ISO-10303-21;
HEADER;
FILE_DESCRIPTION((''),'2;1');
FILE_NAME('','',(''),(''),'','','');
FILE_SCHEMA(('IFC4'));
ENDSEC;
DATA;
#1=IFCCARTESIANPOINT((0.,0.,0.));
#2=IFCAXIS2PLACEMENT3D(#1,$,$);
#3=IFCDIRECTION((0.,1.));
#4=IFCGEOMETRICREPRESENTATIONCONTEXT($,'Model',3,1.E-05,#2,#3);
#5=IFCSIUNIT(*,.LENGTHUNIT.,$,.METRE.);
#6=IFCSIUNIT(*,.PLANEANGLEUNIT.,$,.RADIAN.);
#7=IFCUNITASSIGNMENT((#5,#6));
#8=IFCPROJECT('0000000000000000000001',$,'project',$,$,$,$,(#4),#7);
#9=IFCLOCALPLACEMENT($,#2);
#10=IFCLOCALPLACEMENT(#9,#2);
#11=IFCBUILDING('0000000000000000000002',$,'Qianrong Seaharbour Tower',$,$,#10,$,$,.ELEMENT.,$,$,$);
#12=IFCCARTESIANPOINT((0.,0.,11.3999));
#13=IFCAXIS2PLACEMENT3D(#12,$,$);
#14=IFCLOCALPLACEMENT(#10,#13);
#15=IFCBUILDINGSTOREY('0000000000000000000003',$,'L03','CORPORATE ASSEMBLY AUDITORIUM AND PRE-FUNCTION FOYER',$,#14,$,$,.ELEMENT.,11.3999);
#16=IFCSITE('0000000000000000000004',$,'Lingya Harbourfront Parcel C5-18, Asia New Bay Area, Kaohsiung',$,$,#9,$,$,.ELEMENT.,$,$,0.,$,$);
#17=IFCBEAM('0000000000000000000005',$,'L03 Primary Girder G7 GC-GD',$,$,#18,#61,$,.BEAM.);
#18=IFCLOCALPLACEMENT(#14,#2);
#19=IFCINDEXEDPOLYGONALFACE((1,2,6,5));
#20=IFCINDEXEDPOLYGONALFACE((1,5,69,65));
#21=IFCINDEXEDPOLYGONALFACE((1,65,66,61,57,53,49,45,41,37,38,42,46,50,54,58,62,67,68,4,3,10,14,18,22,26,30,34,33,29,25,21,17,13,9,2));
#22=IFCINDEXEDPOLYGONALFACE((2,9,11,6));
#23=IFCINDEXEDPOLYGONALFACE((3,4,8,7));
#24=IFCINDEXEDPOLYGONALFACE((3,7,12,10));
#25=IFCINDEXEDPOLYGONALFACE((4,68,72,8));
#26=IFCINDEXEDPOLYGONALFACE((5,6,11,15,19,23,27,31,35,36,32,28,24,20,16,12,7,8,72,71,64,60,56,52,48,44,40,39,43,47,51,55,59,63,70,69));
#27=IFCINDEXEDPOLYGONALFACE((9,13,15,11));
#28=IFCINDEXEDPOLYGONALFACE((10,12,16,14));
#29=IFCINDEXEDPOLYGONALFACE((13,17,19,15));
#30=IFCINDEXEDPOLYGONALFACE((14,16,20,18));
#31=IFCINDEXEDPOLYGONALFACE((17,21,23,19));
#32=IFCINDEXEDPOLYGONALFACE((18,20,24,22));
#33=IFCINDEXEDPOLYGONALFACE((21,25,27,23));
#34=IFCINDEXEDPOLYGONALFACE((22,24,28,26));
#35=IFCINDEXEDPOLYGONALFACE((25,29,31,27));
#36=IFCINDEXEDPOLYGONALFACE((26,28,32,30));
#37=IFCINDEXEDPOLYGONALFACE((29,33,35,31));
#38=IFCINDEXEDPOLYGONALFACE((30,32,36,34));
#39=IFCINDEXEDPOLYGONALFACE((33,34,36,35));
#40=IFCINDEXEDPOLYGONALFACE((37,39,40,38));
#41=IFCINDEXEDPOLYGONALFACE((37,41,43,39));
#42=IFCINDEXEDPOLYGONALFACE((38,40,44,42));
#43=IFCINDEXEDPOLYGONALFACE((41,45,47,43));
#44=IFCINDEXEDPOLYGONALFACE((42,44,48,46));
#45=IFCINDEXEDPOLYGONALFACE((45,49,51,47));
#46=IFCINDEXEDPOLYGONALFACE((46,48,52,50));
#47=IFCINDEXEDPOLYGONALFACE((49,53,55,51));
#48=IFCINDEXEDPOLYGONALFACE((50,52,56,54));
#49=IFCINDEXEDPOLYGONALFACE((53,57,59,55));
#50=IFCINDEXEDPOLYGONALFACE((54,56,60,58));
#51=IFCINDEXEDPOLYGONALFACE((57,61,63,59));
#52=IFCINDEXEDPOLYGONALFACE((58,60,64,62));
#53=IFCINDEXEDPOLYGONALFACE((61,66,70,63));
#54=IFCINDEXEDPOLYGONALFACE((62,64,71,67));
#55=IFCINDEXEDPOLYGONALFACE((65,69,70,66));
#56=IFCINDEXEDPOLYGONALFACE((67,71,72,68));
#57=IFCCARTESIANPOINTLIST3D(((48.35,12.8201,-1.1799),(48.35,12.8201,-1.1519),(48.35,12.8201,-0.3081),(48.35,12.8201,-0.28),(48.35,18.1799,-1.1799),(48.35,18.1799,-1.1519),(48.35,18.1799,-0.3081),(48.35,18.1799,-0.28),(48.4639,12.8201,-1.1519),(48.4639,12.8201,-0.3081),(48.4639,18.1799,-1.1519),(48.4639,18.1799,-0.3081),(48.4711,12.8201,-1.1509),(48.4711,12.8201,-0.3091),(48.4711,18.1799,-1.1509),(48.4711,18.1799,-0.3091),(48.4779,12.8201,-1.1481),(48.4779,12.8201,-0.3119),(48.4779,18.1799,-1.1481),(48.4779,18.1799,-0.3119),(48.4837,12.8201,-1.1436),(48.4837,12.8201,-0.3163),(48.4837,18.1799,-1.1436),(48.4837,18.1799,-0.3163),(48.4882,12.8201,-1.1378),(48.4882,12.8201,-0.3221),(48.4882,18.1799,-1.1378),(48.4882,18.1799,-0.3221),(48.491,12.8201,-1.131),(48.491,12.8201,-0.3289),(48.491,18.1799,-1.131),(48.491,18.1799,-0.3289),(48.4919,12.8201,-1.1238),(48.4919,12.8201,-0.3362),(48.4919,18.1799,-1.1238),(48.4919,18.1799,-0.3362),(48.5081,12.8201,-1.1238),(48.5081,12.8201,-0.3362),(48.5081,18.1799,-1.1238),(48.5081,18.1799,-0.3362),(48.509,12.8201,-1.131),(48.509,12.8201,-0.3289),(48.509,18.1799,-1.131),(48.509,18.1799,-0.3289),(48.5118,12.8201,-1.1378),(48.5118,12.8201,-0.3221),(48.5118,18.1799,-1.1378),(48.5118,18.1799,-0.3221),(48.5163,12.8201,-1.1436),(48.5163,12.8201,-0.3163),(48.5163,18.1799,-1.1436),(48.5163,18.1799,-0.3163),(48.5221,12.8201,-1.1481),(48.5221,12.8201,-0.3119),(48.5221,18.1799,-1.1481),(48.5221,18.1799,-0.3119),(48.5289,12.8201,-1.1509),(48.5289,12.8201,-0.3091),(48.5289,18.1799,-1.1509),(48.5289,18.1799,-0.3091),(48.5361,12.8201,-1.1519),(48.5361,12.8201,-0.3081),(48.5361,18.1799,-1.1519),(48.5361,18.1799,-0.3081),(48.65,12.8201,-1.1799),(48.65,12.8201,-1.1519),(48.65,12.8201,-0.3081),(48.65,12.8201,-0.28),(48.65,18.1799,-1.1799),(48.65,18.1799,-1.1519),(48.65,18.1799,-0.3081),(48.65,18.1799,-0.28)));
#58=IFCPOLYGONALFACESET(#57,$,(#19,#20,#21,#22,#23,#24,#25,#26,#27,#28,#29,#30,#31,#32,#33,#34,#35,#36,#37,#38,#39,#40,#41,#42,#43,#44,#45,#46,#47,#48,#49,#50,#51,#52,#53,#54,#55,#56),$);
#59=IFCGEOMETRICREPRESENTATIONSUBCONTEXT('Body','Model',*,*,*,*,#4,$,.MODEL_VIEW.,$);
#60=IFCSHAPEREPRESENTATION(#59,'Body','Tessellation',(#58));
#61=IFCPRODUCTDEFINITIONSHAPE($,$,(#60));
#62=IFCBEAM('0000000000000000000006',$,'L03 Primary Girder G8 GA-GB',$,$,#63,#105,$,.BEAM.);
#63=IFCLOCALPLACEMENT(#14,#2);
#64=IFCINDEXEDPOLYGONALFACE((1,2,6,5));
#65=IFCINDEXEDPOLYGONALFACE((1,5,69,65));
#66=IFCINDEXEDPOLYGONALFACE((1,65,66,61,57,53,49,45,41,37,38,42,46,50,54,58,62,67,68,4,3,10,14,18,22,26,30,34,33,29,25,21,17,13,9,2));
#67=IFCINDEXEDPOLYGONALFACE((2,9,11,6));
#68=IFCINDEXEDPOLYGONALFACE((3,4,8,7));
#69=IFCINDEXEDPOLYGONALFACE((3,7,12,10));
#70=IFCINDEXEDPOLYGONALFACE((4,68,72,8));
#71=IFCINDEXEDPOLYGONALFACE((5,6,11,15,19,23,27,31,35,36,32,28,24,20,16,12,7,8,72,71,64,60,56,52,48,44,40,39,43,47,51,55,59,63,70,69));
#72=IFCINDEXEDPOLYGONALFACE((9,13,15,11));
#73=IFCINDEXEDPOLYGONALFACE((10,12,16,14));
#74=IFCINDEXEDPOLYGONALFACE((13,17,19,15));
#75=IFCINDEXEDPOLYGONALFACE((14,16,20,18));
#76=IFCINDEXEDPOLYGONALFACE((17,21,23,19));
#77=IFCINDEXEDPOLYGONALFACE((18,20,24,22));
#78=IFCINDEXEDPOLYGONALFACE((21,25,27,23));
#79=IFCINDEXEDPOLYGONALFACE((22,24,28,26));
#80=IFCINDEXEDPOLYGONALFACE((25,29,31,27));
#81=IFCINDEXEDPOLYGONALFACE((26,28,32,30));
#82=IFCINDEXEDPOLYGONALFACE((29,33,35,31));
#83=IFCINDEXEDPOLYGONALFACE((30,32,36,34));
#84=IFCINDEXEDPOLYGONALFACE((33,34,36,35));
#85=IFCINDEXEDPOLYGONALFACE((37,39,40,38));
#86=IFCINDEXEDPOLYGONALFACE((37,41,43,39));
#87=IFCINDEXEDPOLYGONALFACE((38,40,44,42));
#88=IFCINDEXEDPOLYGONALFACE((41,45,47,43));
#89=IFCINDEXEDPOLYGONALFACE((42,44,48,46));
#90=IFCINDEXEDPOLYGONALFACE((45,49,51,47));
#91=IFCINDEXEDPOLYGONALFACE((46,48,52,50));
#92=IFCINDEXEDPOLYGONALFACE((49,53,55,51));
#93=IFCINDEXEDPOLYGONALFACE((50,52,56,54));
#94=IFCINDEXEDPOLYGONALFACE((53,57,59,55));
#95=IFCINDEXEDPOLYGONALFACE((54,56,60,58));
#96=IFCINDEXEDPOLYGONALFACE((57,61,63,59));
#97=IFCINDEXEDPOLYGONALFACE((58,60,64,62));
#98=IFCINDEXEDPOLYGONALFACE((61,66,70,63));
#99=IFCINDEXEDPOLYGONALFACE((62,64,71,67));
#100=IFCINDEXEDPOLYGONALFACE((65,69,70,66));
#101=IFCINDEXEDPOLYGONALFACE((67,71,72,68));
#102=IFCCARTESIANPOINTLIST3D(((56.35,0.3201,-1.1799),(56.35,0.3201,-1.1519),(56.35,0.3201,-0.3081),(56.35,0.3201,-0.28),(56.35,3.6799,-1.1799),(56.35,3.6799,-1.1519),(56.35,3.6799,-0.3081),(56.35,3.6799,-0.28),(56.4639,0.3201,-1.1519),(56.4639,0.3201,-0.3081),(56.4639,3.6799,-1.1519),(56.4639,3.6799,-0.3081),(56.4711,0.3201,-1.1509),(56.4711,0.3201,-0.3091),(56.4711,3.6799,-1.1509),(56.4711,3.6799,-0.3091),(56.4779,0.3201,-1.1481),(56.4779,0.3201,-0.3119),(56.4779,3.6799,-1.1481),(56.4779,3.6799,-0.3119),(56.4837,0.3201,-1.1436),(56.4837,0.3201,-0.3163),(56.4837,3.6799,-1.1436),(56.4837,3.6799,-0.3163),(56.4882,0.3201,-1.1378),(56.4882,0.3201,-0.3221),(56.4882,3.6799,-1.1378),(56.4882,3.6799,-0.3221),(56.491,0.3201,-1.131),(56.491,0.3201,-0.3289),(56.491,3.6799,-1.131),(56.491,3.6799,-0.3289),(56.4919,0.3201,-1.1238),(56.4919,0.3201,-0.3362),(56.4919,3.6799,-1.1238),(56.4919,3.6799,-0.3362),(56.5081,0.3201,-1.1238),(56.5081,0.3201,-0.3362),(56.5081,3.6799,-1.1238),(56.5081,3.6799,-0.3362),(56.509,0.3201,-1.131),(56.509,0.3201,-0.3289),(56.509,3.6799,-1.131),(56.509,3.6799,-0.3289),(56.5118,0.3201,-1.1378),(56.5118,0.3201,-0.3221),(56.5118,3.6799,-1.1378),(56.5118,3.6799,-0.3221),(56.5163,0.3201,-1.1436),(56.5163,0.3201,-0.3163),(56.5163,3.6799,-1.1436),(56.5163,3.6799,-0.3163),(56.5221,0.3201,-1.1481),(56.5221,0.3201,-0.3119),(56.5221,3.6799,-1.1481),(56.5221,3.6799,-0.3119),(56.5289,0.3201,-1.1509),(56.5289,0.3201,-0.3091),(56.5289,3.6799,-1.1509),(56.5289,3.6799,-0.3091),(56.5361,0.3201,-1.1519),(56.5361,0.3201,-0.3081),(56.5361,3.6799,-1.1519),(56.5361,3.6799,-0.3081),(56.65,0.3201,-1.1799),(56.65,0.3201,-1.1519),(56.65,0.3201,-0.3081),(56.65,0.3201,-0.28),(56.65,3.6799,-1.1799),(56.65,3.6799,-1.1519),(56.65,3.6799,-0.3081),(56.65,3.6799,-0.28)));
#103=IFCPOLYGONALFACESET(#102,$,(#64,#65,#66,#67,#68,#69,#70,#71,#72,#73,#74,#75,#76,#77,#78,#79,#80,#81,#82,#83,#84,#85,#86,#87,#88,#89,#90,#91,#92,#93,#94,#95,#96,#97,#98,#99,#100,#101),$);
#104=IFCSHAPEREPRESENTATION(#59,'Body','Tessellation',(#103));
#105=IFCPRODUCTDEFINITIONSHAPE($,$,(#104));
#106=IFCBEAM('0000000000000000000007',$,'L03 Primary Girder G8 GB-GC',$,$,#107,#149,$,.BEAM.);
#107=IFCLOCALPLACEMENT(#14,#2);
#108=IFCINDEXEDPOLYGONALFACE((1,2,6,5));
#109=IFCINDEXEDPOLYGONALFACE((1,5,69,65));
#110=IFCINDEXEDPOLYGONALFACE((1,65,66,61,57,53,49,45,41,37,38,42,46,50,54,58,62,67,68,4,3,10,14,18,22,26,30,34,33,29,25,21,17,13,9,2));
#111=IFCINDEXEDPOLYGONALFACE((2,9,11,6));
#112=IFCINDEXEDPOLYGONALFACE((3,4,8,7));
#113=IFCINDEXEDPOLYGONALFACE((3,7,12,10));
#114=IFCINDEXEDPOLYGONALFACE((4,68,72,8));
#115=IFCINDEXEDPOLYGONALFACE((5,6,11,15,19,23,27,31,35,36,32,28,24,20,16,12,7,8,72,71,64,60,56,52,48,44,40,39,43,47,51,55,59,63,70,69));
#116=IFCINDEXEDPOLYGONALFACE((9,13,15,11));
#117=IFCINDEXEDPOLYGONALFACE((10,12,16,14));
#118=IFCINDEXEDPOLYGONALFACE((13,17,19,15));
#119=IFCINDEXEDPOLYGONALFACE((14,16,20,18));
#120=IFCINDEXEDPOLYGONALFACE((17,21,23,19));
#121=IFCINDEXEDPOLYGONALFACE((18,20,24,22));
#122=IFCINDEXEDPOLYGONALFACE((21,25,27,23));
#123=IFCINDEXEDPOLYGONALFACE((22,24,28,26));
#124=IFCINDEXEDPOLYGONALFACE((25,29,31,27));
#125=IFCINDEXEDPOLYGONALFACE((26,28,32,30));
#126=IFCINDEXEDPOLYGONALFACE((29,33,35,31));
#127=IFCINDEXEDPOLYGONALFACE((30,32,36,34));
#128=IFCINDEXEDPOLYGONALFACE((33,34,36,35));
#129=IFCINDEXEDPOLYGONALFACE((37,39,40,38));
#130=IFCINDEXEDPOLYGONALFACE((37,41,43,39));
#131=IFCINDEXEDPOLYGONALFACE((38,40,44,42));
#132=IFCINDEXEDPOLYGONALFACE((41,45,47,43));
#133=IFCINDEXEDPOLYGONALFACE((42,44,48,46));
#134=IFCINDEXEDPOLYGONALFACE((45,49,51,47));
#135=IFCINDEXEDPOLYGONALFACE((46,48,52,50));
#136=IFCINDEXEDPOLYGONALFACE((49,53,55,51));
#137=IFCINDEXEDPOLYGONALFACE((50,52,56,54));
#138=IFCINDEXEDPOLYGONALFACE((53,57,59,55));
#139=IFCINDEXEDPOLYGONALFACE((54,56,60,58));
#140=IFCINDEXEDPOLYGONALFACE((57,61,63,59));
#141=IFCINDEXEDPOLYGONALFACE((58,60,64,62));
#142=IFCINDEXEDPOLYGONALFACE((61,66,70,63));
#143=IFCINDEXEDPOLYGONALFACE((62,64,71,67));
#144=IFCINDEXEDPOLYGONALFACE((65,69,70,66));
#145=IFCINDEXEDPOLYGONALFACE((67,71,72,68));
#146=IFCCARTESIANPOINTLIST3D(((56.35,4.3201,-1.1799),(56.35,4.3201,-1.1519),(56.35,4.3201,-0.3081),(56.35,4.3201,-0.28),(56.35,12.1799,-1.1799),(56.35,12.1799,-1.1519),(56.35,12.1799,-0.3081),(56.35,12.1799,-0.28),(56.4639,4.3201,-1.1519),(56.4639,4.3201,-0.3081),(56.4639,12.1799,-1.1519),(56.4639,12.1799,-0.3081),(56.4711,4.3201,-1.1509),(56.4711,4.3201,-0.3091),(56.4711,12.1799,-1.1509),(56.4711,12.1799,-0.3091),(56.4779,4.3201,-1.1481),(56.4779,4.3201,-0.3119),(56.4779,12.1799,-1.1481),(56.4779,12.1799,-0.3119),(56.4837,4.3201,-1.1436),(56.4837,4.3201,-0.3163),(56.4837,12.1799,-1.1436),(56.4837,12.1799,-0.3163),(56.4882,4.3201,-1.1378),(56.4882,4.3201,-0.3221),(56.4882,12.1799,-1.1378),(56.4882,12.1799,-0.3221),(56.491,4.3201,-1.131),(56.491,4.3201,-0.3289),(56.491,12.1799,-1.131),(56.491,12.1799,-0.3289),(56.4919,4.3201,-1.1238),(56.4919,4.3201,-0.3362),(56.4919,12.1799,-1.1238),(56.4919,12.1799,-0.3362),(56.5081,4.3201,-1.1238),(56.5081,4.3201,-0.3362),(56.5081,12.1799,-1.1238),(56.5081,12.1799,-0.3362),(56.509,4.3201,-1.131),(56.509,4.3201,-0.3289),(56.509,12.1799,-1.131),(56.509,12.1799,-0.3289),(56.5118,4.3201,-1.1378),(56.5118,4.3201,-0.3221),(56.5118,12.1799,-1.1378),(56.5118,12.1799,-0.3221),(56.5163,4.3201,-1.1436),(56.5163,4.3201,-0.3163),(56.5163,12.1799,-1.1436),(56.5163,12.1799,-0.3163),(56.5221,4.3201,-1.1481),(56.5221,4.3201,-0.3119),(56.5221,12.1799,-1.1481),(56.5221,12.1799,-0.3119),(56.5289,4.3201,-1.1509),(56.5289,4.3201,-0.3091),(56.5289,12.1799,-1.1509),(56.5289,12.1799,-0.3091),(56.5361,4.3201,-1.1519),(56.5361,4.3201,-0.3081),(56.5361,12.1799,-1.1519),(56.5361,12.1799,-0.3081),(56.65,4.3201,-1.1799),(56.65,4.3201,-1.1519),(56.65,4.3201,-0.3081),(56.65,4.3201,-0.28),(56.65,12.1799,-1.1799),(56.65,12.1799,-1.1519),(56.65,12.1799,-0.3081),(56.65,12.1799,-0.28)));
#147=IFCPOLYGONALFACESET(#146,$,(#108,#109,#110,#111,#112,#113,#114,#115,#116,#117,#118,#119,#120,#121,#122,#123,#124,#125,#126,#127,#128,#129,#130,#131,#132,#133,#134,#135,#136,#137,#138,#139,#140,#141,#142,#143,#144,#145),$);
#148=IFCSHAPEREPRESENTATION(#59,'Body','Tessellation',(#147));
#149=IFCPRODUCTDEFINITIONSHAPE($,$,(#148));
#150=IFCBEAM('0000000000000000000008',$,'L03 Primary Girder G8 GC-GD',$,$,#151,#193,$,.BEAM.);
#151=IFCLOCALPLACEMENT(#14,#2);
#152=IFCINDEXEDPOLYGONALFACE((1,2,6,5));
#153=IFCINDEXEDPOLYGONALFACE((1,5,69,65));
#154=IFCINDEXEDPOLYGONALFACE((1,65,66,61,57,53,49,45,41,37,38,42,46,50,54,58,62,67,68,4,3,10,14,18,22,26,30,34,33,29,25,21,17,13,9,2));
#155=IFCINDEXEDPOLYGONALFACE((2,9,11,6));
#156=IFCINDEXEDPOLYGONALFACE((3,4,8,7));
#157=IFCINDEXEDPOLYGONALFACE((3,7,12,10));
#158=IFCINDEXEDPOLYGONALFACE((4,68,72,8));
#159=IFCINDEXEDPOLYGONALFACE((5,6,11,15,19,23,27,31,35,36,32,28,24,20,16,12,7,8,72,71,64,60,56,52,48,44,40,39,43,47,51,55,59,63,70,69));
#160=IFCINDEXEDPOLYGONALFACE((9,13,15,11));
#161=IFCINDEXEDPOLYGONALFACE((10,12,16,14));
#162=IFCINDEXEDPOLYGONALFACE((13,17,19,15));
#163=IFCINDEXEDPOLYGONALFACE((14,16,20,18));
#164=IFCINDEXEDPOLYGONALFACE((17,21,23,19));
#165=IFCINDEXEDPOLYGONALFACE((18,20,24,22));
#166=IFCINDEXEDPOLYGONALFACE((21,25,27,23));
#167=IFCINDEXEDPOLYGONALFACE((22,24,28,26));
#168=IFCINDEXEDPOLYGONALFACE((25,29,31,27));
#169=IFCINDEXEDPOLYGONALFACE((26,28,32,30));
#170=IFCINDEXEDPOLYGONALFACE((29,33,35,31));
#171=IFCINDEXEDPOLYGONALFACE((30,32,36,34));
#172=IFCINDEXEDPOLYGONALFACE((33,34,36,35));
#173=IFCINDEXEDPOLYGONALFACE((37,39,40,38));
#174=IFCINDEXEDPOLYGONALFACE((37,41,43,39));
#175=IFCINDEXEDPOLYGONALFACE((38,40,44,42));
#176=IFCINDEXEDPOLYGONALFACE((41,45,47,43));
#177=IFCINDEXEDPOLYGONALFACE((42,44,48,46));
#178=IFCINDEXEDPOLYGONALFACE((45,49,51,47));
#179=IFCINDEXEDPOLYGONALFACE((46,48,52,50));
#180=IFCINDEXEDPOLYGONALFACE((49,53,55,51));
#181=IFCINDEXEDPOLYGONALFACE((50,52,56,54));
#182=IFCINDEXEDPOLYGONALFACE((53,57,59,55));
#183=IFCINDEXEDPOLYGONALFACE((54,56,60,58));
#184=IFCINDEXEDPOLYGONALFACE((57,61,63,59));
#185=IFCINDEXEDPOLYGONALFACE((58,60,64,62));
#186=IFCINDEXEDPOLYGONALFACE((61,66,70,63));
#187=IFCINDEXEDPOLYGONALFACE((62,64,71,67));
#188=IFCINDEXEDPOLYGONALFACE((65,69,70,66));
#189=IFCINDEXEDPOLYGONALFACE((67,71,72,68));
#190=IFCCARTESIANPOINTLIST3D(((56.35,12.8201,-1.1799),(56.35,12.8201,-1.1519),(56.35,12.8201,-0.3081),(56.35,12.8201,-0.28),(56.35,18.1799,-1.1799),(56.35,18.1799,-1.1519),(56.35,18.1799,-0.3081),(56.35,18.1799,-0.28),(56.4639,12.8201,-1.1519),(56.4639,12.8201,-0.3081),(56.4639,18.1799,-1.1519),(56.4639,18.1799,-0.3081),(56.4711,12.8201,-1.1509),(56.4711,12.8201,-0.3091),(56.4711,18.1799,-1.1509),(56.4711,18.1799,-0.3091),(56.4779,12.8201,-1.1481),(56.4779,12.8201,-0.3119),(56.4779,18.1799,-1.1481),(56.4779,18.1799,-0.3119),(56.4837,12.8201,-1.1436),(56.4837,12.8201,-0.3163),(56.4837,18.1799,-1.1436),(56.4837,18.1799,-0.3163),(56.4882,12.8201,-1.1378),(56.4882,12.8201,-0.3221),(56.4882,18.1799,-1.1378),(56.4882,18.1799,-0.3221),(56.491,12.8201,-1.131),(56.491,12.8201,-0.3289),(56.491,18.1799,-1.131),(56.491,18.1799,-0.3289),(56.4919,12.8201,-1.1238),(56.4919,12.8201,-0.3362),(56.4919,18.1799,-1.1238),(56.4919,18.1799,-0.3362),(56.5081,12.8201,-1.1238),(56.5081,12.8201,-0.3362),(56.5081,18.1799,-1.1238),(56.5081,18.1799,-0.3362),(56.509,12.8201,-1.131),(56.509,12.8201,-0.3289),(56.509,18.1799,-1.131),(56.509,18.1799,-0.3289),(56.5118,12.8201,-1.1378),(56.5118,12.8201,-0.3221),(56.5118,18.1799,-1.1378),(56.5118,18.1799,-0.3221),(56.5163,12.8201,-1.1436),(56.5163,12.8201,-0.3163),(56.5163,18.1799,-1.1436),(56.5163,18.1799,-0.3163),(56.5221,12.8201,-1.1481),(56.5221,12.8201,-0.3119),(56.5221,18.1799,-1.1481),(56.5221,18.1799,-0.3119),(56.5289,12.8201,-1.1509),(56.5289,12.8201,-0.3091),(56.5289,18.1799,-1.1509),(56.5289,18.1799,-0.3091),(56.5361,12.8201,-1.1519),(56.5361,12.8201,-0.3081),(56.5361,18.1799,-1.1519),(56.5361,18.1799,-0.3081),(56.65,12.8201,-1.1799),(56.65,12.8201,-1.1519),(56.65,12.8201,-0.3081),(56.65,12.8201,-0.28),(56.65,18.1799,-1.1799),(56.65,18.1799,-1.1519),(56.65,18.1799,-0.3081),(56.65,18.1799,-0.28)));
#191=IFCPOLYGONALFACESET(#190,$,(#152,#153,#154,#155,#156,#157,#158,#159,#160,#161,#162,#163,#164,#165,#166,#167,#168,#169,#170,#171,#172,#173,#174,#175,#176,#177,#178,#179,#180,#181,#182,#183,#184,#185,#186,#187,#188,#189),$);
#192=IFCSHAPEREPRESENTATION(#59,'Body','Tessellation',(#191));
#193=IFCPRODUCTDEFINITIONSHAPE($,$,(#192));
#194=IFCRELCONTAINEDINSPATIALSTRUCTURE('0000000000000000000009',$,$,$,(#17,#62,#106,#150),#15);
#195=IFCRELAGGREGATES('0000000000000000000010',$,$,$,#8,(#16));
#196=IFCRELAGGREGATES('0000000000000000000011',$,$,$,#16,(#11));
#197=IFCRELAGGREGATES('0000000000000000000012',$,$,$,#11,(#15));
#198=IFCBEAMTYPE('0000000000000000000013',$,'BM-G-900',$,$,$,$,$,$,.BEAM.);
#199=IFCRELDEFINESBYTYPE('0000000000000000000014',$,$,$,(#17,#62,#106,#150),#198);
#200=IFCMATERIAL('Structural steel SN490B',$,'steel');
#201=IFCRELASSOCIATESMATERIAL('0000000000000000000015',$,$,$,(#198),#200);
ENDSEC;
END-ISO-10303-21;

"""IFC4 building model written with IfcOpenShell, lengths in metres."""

from ifc_helpers import new_model, si_unit, direction, frame, origin, origin_2d, place, context, subcontext, project, spatial, i_section, extrude, material, material_profile, profile_set, type_object, element, save


model = new_model("IFC4")

# Units and contexts
model_context = context("Model", 3, precision=1e-05, world=origin(), true_north=direction((0.0, 1.0)))
body_context = subcontext(model_context, "Body", "Model", "MODEL_VIEW")
ifc_project = project(units=[si_unit("LENGTHUNIT", "METRE"), si_unit("PLANEANGLEUNIT", "RADIAN")], contexts=[model_context])

# Site, building, storey
site_placement = place(None, origin())
site = spatial("IfcSite", under=ifc_project, at=site_placement, Name="Lingya Harbourfront Parcel C5-18, Asia New Bay Area, Kaohsiung", CompositionType="ELEMENT", RefElevation=0.0)
building_placement = place(site_placement, origin())
building = spatial("IfcBuilding", under=site, at=building_placement, Name="Qianrong Seaharbour Tower", CompositionType="ELEMENT")
storey_placement = place(building_placement, frame((0.0, 0.0, 11.3999)))
storey = spatial("IfcBuildingStorey", under=building, at=storey_placement, Name="L03", Description="CORPORATE ASSEMBLY AUDITORIUM AND PRE-FUNCTION FOYER", CompositionType="ELEMENT", Elevation=11.3999)

# Beams
ifc_material_1 = material(Name="Structural steel SN490B", Category="steel")
ifc_material_profile_1 = material_profile(ifc_material_1, i_section(OverallWidth=0.3, OverallDepth=0.8999, WebThickness=0.0161, FlangeThickness=0.0281, FilletRadius=0.0281, at=origin_2d()), Name="H900x300x16x28")
ifc_profile_set_1 = profile_set([ifc_material_profile_1], Name="Structural steel SN490B")
beam_type_1 = type_object("IfcBeamType", Name="BM-G-900", PredefinedType="BEAM", material=ifc_profile_set_1)
beam_1_placement = place(storey_placement, frame((48.5, 12.8201, -0.73), z_axis=(0.0, 1.0, 0.0), x_axis=(-1.0, 0.0, 0.0)))
element("IfcBeam", 1, at=beam_1_placement, inside=storey, type_object=beam_type_1, Name="L03 Primary Girder G7 GC-GD", PredefinedType="BEAM", context=body_context, shape_type="SweptSolid", body=[
    extrude(i_section(OverallWidth=0.3, OverallDepth=0.8999, WebThickness=0.0161, FlangeThickness=0.0281, FilletRadius=0.0281, at=origin_2d()), origin(), (0.0, 0.0, 1.0), 5.3599),
])
beam_2_placement = place(storey_placement, frame((56.5, 0.3201, -0.73), z_axis=(0.0, 1.0, 0.0), x_axis=(-1.0, 0.0, 0.0)))
element("IfcBeam", 2, at=beam_2_placement, inside=storey, type_object=beam_type_1, Name="L03 Primary Girder G8 GA-GB", PredefinedType="BEAM", context=body_context, shape_type="SweptSolid", body=[
    extrude(i_section(OverallWidth=0.3, OverallDepth=0.8999, WebThickness=0.0161, FlangeThickness=0.0281, FilletRadius=0.0281, at=origin_2d()), origin(), (0.0, 0.0, 1.0), 3.3599),
])
beam_3_placement = place(storey_placement, frame((56.5, 4.3201, -0.73), z_axis=(0.0, 1.0, 0.0), x_axis=(-1.0, 0.0, 0.0)))
element("IfcBeam", 3, at=beam_3_placement, inside=storey, type_object=beam_type_1, Name="L03 Primary Girder G8 GB-GC", PredefinedType="BEAM", context=body_context, shape_type="SweptSolid", body=[
    extrude(i_section(OverallWidth=0.3, OverallDepth=0.8999, WebThickness=0.0161, FlangeThickness=0.0281, FilletRadius=0.0281, at=origin_2d()), origin(), (0.0, 0.0, 1.0), 7.8599),
])
beam_4_placement = place(storey_placement, frame((56.5, 12.8201, -0.73), z_axis=(0.0, 1.0, 0.0), x_axis=(-1.0, 0.0, 0.0)))
element("IfcBeam", 4, at=beam_4_placement, inside=storey, type_object=beam_type_1, Name="L03 Primary Girder G8 GC-GD", PredefinedType="BEAM", context=body_context, shape_type="SweptSolid", body=[
    extrude(i_section(OverallWidth=0.3, OverallDepth=0.8999, WebThickness=0.0161, FlangeThickness=0.0281, FilletRadius=0.0281, at=origin_2d()), origin(), (0.0, 0.0, 1.0), 5.3599),
])

save(model, "model.ifc")
